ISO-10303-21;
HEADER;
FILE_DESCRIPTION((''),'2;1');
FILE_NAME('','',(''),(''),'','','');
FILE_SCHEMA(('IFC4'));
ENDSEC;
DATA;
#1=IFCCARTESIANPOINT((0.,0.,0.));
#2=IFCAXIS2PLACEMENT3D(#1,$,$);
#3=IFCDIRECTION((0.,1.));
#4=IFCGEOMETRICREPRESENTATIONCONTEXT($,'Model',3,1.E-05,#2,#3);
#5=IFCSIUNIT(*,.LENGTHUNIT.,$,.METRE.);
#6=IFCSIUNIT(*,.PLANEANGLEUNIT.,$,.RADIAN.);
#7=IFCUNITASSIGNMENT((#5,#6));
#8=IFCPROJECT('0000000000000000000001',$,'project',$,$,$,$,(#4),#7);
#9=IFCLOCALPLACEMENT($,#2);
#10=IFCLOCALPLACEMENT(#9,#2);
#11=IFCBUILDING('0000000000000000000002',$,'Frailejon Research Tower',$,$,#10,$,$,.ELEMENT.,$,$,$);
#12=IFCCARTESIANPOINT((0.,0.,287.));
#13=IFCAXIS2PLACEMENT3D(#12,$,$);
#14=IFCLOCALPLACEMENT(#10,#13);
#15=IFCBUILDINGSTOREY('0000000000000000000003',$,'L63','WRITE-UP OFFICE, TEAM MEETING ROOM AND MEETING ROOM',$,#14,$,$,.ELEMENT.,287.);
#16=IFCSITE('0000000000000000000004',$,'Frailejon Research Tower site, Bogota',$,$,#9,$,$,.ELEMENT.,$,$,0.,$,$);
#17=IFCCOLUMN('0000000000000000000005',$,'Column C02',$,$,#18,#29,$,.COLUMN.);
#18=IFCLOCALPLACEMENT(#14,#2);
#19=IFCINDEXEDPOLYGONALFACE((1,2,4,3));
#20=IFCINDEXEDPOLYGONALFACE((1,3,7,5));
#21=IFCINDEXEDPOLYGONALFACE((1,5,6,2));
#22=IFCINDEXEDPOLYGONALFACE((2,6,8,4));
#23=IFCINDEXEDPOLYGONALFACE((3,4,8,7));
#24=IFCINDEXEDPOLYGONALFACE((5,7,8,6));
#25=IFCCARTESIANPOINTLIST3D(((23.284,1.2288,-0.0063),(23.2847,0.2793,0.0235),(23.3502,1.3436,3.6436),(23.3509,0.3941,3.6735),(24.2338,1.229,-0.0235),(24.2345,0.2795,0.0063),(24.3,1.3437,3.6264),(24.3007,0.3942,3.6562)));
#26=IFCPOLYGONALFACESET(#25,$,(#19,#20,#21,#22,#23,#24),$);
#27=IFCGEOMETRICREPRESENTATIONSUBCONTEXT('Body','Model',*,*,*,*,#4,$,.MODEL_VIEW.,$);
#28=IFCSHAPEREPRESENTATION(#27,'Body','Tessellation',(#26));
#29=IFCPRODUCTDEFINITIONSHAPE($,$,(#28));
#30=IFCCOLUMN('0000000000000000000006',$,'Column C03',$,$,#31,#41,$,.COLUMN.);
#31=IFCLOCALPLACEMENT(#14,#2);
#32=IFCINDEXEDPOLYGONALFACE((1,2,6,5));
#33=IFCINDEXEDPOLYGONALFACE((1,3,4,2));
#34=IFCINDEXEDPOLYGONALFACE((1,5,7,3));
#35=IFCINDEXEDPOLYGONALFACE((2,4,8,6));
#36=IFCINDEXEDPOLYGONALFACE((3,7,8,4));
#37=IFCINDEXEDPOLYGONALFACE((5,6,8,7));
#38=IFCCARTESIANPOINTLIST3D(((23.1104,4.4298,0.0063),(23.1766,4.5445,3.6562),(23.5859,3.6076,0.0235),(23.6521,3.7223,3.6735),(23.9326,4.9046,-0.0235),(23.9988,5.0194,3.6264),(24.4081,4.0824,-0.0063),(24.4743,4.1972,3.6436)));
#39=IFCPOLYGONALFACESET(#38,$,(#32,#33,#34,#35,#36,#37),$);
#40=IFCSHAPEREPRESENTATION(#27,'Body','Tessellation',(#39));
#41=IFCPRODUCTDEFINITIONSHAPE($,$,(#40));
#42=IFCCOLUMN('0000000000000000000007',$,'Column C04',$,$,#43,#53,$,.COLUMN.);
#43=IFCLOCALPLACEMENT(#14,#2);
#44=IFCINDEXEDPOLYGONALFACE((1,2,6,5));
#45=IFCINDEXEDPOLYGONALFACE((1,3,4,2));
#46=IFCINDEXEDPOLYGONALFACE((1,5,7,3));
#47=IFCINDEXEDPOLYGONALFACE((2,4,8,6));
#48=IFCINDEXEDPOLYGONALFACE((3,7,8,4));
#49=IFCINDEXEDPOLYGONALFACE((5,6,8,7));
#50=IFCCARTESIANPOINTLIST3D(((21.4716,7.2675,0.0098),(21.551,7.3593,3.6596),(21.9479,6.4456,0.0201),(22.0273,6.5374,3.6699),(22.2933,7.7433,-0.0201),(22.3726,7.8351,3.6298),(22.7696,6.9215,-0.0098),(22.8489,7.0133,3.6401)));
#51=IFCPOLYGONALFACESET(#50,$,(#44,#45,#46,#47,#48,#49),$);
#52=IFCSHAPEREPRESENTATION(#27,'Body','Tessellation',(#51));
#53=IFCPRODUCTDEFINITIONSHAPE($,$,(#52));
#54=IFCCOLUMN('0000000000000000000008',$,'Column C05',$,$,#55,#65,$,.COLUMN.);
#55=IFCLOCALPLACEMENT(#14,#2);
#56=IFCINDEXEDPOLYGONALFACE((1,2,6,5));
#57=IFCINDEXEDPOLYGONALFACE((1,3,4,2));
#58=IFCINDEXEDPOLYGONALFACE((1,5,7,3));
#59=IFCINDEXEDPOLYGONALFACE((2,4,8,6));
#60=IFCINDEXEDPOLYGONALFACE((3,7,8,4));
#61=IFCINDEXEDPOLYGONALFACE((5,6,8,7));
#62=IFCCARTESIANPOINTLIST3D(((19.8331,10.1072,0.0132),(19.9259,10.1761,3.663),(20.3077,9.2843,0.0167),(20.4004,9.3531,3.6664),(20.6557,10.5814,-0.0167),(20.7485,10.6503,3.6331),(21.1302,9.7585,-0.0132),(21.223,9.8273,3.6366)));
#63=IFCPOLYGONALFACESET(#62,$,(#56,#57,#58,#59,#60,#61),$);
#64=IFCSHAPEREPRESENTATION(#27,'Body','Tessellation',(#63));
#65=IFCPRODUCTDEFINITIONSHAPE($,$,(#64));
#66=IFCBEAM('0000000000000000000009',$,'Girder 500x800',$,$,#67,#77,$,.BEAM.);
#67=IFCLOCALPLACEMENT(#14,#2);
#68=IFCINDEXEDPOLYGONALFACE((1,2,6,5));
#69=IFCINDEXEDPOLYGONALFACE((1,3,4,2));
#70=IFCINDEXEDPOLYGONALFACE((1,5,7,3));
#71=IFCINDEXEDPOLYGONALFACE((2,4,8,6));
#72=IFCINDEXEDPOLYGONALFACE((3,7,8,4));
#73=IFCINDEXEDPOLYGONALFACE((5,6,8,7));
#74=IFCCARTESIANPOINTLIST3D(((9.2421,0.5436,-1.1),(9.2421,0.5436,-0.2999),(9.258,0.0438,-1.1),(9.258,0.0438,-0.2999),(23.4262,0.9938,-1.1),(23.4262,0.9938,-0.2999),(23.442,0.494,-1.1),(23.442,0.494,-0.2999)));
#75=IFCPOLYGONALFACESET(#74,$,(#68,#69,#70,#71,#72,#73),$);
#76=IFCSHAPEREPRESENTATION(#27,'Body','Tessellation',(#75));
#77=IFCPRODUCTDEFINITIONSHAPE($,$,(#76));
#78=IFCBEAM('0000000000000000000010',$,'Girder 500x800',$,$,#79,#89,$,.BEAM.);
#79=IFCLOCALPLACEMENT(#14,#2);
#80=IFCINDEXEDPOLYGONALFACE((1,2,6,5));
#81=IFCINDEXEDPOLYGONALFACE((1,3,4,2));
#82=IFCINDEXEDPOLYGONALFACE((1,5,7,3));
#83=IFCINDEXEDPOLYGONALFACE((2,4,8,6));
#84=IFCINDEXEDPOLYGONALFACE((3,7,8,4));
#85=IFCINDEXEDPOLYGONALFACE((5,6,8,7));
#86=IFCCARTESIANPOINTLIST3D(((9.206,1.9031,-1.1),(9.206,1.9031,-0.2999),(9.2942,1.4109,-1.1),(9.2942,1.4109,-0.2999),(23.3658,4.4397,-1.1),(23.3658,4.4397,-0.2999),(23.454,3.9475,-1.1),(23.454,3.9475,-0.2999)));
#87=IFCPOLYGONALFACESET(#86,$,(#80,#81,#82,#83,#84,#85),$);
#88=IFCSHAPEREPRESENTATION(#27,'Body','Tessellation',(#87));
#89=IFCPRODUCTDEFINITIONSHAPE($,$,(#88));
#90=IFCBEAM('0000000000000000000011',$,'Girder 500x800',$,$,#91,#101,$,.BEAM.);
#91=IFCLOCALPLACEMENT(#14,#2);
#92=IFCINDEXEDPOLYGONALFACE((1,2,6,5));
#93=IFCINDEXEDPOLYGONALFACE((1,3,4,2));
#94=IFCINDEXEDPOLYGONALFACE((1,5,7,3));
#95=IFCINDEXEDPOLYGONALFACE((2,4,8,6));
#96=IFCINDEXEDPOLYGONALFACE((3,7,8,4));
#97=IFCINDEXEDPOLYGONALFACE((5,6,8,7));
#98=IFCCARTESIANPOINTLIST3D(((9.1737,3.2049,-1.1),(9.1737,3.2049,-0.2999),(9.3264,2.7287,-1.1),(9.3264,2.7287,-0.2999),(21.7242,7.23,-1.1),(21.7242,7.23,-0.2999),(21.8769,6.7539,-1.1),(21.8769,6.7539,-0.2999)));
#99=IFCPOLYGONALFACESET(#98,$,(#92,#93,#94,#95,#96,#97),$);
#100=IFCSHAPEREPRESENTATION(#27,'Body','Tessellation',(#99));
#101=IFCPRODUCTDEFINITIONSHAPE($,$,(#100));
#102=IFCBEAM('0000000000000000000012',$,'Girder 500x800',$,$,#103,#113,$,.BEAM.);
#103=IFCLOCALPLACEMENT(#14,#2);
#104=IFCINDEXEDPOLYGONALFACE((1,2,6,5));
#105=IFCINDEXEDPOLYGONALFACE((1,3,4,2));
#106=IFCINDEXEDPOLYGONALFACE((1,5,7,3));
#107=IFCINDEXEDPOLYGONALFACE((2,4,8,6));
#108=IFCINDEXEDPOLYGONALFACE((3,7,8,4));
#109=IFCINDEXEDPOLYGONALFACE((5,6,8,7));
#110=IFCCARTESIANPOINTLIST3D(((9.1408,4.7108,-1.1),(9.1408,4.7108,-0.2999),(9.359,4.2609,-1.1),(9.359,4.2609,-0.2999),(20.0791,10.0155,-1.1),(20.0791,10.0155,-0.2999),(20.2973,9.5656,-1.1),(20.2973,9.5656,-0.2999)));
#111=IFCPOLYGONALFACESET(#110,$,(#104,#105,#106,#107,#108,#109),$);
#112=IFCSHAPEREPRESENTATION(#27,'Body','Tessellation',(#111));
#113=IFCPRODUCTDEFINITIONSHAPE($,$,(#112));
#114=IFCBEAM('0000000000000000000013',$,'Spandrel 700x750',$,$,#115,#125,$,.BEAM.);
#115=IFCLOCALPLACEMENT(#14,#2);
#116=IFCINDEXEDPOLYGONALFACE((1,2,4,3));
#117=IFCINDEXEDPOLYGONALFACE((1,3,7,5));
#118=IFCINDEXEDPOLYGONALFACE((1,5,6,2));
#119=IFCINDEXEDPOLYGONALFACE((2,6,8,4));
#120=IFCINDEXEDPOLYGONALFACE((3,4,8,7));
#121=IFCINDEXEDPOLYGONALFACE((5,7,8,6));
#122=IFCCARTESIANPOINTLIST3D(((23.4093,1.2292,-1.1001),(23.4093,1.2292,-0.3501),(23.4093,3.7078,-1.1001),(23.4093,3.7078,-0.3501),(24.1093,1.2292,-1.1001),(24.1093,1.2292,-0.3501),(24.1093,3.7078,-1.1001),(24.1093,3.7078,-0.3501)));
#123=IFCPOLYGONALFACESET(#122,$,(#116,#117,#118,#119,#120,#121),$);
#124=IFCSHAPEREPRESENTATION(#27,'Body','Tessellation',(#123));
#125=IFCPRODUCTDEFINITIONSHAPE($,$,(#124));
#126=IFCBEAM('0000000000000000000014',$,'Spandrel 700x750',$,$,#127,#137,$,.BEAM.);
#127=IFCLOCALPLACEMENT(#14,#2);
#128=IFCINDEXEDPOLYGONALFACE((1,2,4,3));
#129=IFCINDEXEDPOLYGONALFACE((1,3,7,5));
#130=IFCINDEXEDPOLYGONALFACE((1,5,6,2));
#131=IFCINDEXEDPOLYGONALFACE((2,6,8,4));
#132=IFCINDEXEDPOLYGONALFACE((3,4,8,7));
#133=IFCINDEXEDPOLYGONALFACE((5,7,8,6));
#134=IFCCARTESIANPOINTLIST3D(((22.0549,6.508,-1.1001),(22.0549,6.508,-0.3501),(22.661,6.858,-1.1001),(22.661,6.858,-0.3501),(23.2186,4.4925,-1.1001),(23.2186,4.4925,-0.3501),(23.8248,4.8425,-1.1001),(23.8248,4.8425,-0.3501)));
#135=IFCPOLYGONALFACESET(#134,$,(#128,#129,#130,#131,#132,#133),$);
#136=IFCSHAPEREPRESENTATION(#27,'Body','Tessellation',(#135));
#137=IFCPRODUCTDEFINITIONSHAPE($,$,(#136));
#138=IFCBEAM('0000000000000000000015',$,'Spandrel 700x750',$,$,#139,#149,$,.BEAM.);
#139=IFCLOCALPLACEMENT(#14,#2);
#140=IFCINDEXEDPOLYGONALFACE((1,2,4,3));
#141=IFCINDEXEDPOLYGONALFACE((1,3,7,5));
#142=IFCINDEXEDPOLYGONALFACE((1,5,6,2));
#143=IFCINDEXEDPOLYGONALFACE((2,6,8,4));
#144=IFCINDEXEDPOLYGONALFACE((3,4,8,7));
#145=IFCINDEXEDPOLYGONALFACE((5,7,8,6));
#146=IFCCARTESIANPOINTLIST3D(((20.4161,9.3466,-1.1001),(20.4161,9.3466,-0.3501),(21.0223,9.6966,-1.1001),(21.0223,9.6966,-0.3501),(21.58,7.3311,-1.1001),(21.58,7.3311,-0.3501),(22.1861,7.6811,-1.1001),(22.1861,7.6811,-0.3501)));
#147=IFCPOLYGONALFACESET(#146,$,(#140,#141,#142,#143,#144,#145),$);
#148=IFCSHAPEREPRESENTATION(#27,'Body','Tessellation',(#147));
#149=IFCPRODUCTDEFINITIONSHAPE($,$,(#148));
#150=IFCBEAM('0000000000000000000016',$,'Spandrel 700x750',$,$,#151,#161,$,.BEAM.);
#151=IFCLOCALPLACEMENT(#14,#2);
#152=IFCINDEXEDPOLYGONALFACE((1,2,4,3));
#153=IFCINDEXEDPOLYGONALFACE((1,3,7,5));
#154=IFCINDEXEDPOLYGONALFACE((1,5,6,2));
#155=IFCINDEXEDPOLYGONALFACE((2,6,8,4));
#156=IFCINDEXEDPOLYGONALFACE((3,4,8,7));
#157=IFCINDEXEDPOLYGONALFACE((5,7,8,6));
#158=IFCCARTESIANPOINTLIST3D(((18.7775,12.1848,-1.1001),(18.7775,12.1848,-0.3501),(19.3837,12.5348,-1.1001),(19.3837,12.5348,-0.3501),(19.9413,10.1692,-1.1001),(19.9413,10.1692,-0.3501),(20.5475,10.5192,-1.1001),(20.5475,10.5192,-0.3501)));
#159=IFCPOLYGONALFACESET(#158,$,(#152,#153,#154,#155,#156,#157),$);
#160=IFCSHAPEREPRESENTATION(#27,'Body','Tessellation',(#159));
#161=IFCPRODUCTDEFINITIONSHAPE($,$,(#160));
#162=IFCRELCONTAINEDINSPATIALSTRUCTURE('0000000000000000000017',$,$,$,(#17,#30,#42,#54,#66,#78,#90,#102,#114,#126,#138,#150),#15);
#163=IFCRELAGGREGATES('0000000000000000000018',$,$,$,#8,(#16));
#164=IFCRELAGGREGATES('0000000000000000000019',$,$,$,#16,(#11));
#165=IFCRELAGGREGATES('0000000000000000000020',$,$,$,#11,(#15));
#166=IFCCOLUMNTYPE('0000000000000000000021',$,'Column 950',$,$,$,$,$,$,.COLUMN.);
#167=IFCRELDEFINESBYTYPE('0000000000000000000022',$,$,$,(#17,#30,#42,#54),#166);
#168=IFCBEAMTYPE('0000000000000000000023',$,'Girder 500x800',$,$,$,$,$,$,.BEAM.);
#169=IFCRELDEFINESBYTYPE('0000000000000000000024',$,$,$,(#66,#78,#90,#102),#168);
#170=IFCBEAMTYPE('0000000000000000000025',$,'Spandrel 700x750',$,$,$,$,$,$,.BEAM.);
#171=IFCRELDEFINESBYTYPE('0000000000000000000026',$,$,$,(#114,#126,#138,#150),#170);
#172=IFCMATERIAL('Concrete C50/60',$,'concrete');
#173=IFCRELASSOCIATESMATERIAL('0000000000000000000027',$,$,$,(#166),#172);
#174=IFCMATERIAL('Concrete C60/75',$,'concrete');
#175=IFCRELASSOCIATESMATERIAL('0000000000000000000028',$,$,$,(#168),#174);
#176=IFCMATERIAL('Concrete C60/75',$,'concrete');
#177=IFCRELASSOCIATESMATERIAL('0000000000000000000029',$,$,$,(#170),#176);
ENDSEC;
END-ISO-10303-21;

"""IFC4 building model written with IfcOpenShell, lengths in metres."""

from ifc_helpers import new_model, si_unit, direction, frame, origin, origin_2d, place, context, subcontext, project, spatial, rectangle, extrude, material, material_profile, profile_set, type_object, element, save


model = new_model("IFC4")

# Units and contexts
model_context = context("Model", 3, precision=1e-05, world=origin(), true_north=direction((0.0, 1.0)))
body_context = subcontext(model_context, "Body", "Model", "MODEL_VIEW")
ifc_project = project(units=[si_unit("LENGTHUNIT", "METRE"), si_unit("PLANEANGLEUNIT", "RADIAN")], contexts=[model_context])

# Site, building, storey
site_placement = place(None, origin())
site = spatial("IfcSite", under=ifc_project, at=site_placement, Name="Frailejon Research Tower site, Bogota", CompositionType="ELEMENT", RefElevation=0.0)
building_placement = place(site_placement, origin())
building = spatial("IfcBuilding", under=site, at=building_placement, Name="Frailejon Research Tower", CompositionType="ELEMENT")
storey_placement = place(building_placement, frame((0.0, 0.0, 287.0)))
storey = spatial("IfcBuildingStorey", under=building, at=storey_placement, Name="L63", Description="WRITE-UP OFFICE, TEAM MEETING ROOM AND MEETING ROOM", CompositionType="ELEMENT", Elevation=287.0)

# Columns
ifc_material_1 = material(Name="Concrete C50/60", Category="concrete")
ifc_material_profile_1 = material_profile(ifc_material_1, rectangle(XDim=0.95, YDim=0.95, at=origin_2d()), Name="Column 950")
ifc_profile_set_1 = profile_set([ifc_material_profile_1], Name="Concrete C50/60")
column_type = type_object("IfcColumnType", Name="Column 950", PredefinedType="COLUMN", material=ifc_profile_set_1)
for number, where, z_axis, x_axis, name in (
    (1, (23.7593, 0.7542, 0.0), (0.018115, 0.031417, 0.999342), (-0.000701, 0.999506, -0.03141), "Column C02"),
    (2, (23.7593, 4.2561, 0.0), (0.018115, 0.031417, 0.999342), (-0.500525, 0.865532, -0.018138), "Column C03"),
):
    element("IfcColumn", number, at=place(storey_placement, frame(where, z_axis=z_axis, x_axis=x_axis)), inside=storey, type_object=column_type, Name=name, PredefinedType="COLUMN", context=body_context, shape_type="SweptSolid", body=[
        extrude(rectangle(XDim=0.95, YDim=0.95, at=origin_2d()), origin(), (0.0, 0.0, 1.0), 3.6523),
    ])
column_1_placement = place(storey_placement, frame((22.1206, 7.0945, 0.0), z_axis=(0.021727, 0.025137, 0.999448), x_axis=(-0.501407, 0.865143, -0.010859)))
element("IfcColumn", 3, at=column_1_placement, inside=storey, type_object=column_type, Name="Column C04", PredefinedType="COLUMN", context=body_context, shape_type="SweptSolid", body=[
    extrude(rectangle(XDim=0.95, YDim=0.95, at=origin_2d()), origin(), (0.0, 0.0, 1.0), 3.6519),
])
column_2_placement = place(storey_placement, frame((20.4817, 9.9329, 0.0), z_axis=(0.025405, 0.018853, 0.999499), x_axis=(-0.499535, 0.866286, -0.003643)))
element("IfcColumn", 4, at=column_2_placement, inside=storey, type_object=column_type, Name="Column C05", PredefinedType="COLUMN", context=body_context, shape_type="SweptSolid", body=[
    extrude(rectangle(XDim=0.95, YDim=0.95, at=origin_2d()), origin(), (0.0, 0.0, 1.0), 3.6516),
])

# Beams
ifc_material_2 = material(Name="Concrete C60/75", Category="concrete")
ifc_material_profile_2 = material_profile(ifc_material_2, rectangle(XDim=0.5, YDim=0.8, at=origin_2d()), Name="Girder 500x800")
ifc_profile_set_2 = profile_set([ifc_material_profile_2], Name="Concrete C60/75")
beam_type_1 = type_object("IfcBeamType", Name="Girder 500x800", PredefinedType="BEAM", material=ifc_profile_set_2)
beam_1_placement = place(storey_placement, frame((23.4341, 0.7439, -0.7), z_axis=(-0.999497, -0.031723, 0.0), x_axis=(0.031723, -0.999497, 0.0)))
element("IfcBeam", 5, at=beam_1_placement, inside=storey, type_object=beam_type_1, Name="Girder 500x800", PredefinedType="BEAM", context=body_context, shape_type="SweptSolid", body=[
    extrude(rectangle(XDim=0.5, YDim=0.8, at=origin_2d()), origin(), (0.0, 0.0, 1.0), 14.1912),
])
beam_2_placement = place(storey_placement, frame((23.4099, 4.1936, -0.7), z_axis=(-0.98433, -0.176334, 0.0), x_axis=(0.176334, -0.98433, 0.0)))
element("IfcBeam", 6, at=beam_2_placement, inside=storey, type_object=beam_type_1, Name="Girder 500x800", PredefinedType="BEAM", context=body_context, shape_type="SweptSolid", body=[
    extrude(rectangle(XDim=0.5, YDim=0.8, at=origin_2d()), origin(), (0.0, 0.0, 1.0), 14.3853),
])
beam_3_placement = place(storey_placement, frame((21.8005, 6.9919, -0.7), z_axis=(-0.952226, -0.305393, 0.0), x_axis=(0.305393, -0.952226, 0.0)))
element("IfcBeam", 7, at=beam_3_placement, inside=storey, type_object=beam_type_1, Name="Girder 500x800", PredefinedType="BEAM", context=body_context, shape_type="SweptSolid", body=[
    extrude(rectangle(XDim=0.5, YDim=0.8, at=origin_2d()), origin(), (0.0, 0.0, 1.0), 13.1802),
])
beam_4_placement = place(storey_placement, frame((20.1882, 9.7905, -0.7), z_axis=(-0.899772, -0.43636, 0.0), x_axis=(0.43636, -0.899772, 0.0)))
element("IfcBeam", 8, at=beam_4_placement, inside=storey, type_object=beam_type_1, Name="Girder 500x800", PredefinedType="BEAM", context=body_context, shape_type="SweptSolid", body=[
    extrude(rectangle(XDim=0.5, YDim=0.8, at=origin_2d()), origin(), (0.0, 0.0, 1.0), 12.1567),
])
ifc_material_3 = material(Name="Concrete C60/75", Category="concrete")
ifc_material_profile_3 = material_profile(ifc_material_3, rectangle(XDim=0.7, YDim=0.75, at=origin_2d()), Name="Spandrel 700x750")
ifc_profile_set_3 = profile_set([ifc_material_profile_3], Name="Concrete C60/75")
beam_type_2 = type_object("IfcBeamType", Name="Spandrel 700x750", PredefinedType="BEAM", material=ifc_profile_set_3)
beam_5_placement = place(storey_placement, frame((23.7593, 1.2292, -0.7251), z_axis=(0.0, 1.0, 0.0), x_axis=(-1.0, 0.0, 0.0)))
element("IfcBeam", 9, at=beam_5_placement, inside=storey, type_object=beam_type_2, Name="Spandrel 700x750", PredefinedType="BEAM", context=body_context, shape_type="SweptSolid", body=[
    extrude(rectangle(XDim=0.7, YDim=0.75, at=origin_2d()), origin(), (0.0, 0.0, 1.0), 2.4785),
])
for number, where, z_axis, x_axis, name in (
    (10, (23.5217, 4.6675, -0.7251), (-0.500031, 0.866007, 0.0), (-0.866007, -0.500031, 0.0), "Spandrel 700x750"),
    (11, (21.8831, 7.5061, -0.7251), (-0.500077, 0.865981, 0.0), (-0.865981, -0.500077, 0.0), "Spandrel 700x750"),
    (12, (20.2444, 10.3442, -0.7251), (-0.500031, 0.866007, 0.0), (-0.866007, -0.500031, 0.0), "Spandrel 700x750"),
):
    element("IfcBeam", number, at=place(storey_placement, frame(where, z_axis=z_axis, x_axis=x_axis)), inside=storey, type_object=beam_type_2, Name=name, PredefinedType="BEAM", context=body_context, shape_type="SweptSolid", body=[
        extrude(rectangle(XDim=0.7, YDim=0.75, at=origin_2d()), origin(), (0.0, 0.0, 1.0), 2.3274),
    ])

save(model, "model.ifc")
